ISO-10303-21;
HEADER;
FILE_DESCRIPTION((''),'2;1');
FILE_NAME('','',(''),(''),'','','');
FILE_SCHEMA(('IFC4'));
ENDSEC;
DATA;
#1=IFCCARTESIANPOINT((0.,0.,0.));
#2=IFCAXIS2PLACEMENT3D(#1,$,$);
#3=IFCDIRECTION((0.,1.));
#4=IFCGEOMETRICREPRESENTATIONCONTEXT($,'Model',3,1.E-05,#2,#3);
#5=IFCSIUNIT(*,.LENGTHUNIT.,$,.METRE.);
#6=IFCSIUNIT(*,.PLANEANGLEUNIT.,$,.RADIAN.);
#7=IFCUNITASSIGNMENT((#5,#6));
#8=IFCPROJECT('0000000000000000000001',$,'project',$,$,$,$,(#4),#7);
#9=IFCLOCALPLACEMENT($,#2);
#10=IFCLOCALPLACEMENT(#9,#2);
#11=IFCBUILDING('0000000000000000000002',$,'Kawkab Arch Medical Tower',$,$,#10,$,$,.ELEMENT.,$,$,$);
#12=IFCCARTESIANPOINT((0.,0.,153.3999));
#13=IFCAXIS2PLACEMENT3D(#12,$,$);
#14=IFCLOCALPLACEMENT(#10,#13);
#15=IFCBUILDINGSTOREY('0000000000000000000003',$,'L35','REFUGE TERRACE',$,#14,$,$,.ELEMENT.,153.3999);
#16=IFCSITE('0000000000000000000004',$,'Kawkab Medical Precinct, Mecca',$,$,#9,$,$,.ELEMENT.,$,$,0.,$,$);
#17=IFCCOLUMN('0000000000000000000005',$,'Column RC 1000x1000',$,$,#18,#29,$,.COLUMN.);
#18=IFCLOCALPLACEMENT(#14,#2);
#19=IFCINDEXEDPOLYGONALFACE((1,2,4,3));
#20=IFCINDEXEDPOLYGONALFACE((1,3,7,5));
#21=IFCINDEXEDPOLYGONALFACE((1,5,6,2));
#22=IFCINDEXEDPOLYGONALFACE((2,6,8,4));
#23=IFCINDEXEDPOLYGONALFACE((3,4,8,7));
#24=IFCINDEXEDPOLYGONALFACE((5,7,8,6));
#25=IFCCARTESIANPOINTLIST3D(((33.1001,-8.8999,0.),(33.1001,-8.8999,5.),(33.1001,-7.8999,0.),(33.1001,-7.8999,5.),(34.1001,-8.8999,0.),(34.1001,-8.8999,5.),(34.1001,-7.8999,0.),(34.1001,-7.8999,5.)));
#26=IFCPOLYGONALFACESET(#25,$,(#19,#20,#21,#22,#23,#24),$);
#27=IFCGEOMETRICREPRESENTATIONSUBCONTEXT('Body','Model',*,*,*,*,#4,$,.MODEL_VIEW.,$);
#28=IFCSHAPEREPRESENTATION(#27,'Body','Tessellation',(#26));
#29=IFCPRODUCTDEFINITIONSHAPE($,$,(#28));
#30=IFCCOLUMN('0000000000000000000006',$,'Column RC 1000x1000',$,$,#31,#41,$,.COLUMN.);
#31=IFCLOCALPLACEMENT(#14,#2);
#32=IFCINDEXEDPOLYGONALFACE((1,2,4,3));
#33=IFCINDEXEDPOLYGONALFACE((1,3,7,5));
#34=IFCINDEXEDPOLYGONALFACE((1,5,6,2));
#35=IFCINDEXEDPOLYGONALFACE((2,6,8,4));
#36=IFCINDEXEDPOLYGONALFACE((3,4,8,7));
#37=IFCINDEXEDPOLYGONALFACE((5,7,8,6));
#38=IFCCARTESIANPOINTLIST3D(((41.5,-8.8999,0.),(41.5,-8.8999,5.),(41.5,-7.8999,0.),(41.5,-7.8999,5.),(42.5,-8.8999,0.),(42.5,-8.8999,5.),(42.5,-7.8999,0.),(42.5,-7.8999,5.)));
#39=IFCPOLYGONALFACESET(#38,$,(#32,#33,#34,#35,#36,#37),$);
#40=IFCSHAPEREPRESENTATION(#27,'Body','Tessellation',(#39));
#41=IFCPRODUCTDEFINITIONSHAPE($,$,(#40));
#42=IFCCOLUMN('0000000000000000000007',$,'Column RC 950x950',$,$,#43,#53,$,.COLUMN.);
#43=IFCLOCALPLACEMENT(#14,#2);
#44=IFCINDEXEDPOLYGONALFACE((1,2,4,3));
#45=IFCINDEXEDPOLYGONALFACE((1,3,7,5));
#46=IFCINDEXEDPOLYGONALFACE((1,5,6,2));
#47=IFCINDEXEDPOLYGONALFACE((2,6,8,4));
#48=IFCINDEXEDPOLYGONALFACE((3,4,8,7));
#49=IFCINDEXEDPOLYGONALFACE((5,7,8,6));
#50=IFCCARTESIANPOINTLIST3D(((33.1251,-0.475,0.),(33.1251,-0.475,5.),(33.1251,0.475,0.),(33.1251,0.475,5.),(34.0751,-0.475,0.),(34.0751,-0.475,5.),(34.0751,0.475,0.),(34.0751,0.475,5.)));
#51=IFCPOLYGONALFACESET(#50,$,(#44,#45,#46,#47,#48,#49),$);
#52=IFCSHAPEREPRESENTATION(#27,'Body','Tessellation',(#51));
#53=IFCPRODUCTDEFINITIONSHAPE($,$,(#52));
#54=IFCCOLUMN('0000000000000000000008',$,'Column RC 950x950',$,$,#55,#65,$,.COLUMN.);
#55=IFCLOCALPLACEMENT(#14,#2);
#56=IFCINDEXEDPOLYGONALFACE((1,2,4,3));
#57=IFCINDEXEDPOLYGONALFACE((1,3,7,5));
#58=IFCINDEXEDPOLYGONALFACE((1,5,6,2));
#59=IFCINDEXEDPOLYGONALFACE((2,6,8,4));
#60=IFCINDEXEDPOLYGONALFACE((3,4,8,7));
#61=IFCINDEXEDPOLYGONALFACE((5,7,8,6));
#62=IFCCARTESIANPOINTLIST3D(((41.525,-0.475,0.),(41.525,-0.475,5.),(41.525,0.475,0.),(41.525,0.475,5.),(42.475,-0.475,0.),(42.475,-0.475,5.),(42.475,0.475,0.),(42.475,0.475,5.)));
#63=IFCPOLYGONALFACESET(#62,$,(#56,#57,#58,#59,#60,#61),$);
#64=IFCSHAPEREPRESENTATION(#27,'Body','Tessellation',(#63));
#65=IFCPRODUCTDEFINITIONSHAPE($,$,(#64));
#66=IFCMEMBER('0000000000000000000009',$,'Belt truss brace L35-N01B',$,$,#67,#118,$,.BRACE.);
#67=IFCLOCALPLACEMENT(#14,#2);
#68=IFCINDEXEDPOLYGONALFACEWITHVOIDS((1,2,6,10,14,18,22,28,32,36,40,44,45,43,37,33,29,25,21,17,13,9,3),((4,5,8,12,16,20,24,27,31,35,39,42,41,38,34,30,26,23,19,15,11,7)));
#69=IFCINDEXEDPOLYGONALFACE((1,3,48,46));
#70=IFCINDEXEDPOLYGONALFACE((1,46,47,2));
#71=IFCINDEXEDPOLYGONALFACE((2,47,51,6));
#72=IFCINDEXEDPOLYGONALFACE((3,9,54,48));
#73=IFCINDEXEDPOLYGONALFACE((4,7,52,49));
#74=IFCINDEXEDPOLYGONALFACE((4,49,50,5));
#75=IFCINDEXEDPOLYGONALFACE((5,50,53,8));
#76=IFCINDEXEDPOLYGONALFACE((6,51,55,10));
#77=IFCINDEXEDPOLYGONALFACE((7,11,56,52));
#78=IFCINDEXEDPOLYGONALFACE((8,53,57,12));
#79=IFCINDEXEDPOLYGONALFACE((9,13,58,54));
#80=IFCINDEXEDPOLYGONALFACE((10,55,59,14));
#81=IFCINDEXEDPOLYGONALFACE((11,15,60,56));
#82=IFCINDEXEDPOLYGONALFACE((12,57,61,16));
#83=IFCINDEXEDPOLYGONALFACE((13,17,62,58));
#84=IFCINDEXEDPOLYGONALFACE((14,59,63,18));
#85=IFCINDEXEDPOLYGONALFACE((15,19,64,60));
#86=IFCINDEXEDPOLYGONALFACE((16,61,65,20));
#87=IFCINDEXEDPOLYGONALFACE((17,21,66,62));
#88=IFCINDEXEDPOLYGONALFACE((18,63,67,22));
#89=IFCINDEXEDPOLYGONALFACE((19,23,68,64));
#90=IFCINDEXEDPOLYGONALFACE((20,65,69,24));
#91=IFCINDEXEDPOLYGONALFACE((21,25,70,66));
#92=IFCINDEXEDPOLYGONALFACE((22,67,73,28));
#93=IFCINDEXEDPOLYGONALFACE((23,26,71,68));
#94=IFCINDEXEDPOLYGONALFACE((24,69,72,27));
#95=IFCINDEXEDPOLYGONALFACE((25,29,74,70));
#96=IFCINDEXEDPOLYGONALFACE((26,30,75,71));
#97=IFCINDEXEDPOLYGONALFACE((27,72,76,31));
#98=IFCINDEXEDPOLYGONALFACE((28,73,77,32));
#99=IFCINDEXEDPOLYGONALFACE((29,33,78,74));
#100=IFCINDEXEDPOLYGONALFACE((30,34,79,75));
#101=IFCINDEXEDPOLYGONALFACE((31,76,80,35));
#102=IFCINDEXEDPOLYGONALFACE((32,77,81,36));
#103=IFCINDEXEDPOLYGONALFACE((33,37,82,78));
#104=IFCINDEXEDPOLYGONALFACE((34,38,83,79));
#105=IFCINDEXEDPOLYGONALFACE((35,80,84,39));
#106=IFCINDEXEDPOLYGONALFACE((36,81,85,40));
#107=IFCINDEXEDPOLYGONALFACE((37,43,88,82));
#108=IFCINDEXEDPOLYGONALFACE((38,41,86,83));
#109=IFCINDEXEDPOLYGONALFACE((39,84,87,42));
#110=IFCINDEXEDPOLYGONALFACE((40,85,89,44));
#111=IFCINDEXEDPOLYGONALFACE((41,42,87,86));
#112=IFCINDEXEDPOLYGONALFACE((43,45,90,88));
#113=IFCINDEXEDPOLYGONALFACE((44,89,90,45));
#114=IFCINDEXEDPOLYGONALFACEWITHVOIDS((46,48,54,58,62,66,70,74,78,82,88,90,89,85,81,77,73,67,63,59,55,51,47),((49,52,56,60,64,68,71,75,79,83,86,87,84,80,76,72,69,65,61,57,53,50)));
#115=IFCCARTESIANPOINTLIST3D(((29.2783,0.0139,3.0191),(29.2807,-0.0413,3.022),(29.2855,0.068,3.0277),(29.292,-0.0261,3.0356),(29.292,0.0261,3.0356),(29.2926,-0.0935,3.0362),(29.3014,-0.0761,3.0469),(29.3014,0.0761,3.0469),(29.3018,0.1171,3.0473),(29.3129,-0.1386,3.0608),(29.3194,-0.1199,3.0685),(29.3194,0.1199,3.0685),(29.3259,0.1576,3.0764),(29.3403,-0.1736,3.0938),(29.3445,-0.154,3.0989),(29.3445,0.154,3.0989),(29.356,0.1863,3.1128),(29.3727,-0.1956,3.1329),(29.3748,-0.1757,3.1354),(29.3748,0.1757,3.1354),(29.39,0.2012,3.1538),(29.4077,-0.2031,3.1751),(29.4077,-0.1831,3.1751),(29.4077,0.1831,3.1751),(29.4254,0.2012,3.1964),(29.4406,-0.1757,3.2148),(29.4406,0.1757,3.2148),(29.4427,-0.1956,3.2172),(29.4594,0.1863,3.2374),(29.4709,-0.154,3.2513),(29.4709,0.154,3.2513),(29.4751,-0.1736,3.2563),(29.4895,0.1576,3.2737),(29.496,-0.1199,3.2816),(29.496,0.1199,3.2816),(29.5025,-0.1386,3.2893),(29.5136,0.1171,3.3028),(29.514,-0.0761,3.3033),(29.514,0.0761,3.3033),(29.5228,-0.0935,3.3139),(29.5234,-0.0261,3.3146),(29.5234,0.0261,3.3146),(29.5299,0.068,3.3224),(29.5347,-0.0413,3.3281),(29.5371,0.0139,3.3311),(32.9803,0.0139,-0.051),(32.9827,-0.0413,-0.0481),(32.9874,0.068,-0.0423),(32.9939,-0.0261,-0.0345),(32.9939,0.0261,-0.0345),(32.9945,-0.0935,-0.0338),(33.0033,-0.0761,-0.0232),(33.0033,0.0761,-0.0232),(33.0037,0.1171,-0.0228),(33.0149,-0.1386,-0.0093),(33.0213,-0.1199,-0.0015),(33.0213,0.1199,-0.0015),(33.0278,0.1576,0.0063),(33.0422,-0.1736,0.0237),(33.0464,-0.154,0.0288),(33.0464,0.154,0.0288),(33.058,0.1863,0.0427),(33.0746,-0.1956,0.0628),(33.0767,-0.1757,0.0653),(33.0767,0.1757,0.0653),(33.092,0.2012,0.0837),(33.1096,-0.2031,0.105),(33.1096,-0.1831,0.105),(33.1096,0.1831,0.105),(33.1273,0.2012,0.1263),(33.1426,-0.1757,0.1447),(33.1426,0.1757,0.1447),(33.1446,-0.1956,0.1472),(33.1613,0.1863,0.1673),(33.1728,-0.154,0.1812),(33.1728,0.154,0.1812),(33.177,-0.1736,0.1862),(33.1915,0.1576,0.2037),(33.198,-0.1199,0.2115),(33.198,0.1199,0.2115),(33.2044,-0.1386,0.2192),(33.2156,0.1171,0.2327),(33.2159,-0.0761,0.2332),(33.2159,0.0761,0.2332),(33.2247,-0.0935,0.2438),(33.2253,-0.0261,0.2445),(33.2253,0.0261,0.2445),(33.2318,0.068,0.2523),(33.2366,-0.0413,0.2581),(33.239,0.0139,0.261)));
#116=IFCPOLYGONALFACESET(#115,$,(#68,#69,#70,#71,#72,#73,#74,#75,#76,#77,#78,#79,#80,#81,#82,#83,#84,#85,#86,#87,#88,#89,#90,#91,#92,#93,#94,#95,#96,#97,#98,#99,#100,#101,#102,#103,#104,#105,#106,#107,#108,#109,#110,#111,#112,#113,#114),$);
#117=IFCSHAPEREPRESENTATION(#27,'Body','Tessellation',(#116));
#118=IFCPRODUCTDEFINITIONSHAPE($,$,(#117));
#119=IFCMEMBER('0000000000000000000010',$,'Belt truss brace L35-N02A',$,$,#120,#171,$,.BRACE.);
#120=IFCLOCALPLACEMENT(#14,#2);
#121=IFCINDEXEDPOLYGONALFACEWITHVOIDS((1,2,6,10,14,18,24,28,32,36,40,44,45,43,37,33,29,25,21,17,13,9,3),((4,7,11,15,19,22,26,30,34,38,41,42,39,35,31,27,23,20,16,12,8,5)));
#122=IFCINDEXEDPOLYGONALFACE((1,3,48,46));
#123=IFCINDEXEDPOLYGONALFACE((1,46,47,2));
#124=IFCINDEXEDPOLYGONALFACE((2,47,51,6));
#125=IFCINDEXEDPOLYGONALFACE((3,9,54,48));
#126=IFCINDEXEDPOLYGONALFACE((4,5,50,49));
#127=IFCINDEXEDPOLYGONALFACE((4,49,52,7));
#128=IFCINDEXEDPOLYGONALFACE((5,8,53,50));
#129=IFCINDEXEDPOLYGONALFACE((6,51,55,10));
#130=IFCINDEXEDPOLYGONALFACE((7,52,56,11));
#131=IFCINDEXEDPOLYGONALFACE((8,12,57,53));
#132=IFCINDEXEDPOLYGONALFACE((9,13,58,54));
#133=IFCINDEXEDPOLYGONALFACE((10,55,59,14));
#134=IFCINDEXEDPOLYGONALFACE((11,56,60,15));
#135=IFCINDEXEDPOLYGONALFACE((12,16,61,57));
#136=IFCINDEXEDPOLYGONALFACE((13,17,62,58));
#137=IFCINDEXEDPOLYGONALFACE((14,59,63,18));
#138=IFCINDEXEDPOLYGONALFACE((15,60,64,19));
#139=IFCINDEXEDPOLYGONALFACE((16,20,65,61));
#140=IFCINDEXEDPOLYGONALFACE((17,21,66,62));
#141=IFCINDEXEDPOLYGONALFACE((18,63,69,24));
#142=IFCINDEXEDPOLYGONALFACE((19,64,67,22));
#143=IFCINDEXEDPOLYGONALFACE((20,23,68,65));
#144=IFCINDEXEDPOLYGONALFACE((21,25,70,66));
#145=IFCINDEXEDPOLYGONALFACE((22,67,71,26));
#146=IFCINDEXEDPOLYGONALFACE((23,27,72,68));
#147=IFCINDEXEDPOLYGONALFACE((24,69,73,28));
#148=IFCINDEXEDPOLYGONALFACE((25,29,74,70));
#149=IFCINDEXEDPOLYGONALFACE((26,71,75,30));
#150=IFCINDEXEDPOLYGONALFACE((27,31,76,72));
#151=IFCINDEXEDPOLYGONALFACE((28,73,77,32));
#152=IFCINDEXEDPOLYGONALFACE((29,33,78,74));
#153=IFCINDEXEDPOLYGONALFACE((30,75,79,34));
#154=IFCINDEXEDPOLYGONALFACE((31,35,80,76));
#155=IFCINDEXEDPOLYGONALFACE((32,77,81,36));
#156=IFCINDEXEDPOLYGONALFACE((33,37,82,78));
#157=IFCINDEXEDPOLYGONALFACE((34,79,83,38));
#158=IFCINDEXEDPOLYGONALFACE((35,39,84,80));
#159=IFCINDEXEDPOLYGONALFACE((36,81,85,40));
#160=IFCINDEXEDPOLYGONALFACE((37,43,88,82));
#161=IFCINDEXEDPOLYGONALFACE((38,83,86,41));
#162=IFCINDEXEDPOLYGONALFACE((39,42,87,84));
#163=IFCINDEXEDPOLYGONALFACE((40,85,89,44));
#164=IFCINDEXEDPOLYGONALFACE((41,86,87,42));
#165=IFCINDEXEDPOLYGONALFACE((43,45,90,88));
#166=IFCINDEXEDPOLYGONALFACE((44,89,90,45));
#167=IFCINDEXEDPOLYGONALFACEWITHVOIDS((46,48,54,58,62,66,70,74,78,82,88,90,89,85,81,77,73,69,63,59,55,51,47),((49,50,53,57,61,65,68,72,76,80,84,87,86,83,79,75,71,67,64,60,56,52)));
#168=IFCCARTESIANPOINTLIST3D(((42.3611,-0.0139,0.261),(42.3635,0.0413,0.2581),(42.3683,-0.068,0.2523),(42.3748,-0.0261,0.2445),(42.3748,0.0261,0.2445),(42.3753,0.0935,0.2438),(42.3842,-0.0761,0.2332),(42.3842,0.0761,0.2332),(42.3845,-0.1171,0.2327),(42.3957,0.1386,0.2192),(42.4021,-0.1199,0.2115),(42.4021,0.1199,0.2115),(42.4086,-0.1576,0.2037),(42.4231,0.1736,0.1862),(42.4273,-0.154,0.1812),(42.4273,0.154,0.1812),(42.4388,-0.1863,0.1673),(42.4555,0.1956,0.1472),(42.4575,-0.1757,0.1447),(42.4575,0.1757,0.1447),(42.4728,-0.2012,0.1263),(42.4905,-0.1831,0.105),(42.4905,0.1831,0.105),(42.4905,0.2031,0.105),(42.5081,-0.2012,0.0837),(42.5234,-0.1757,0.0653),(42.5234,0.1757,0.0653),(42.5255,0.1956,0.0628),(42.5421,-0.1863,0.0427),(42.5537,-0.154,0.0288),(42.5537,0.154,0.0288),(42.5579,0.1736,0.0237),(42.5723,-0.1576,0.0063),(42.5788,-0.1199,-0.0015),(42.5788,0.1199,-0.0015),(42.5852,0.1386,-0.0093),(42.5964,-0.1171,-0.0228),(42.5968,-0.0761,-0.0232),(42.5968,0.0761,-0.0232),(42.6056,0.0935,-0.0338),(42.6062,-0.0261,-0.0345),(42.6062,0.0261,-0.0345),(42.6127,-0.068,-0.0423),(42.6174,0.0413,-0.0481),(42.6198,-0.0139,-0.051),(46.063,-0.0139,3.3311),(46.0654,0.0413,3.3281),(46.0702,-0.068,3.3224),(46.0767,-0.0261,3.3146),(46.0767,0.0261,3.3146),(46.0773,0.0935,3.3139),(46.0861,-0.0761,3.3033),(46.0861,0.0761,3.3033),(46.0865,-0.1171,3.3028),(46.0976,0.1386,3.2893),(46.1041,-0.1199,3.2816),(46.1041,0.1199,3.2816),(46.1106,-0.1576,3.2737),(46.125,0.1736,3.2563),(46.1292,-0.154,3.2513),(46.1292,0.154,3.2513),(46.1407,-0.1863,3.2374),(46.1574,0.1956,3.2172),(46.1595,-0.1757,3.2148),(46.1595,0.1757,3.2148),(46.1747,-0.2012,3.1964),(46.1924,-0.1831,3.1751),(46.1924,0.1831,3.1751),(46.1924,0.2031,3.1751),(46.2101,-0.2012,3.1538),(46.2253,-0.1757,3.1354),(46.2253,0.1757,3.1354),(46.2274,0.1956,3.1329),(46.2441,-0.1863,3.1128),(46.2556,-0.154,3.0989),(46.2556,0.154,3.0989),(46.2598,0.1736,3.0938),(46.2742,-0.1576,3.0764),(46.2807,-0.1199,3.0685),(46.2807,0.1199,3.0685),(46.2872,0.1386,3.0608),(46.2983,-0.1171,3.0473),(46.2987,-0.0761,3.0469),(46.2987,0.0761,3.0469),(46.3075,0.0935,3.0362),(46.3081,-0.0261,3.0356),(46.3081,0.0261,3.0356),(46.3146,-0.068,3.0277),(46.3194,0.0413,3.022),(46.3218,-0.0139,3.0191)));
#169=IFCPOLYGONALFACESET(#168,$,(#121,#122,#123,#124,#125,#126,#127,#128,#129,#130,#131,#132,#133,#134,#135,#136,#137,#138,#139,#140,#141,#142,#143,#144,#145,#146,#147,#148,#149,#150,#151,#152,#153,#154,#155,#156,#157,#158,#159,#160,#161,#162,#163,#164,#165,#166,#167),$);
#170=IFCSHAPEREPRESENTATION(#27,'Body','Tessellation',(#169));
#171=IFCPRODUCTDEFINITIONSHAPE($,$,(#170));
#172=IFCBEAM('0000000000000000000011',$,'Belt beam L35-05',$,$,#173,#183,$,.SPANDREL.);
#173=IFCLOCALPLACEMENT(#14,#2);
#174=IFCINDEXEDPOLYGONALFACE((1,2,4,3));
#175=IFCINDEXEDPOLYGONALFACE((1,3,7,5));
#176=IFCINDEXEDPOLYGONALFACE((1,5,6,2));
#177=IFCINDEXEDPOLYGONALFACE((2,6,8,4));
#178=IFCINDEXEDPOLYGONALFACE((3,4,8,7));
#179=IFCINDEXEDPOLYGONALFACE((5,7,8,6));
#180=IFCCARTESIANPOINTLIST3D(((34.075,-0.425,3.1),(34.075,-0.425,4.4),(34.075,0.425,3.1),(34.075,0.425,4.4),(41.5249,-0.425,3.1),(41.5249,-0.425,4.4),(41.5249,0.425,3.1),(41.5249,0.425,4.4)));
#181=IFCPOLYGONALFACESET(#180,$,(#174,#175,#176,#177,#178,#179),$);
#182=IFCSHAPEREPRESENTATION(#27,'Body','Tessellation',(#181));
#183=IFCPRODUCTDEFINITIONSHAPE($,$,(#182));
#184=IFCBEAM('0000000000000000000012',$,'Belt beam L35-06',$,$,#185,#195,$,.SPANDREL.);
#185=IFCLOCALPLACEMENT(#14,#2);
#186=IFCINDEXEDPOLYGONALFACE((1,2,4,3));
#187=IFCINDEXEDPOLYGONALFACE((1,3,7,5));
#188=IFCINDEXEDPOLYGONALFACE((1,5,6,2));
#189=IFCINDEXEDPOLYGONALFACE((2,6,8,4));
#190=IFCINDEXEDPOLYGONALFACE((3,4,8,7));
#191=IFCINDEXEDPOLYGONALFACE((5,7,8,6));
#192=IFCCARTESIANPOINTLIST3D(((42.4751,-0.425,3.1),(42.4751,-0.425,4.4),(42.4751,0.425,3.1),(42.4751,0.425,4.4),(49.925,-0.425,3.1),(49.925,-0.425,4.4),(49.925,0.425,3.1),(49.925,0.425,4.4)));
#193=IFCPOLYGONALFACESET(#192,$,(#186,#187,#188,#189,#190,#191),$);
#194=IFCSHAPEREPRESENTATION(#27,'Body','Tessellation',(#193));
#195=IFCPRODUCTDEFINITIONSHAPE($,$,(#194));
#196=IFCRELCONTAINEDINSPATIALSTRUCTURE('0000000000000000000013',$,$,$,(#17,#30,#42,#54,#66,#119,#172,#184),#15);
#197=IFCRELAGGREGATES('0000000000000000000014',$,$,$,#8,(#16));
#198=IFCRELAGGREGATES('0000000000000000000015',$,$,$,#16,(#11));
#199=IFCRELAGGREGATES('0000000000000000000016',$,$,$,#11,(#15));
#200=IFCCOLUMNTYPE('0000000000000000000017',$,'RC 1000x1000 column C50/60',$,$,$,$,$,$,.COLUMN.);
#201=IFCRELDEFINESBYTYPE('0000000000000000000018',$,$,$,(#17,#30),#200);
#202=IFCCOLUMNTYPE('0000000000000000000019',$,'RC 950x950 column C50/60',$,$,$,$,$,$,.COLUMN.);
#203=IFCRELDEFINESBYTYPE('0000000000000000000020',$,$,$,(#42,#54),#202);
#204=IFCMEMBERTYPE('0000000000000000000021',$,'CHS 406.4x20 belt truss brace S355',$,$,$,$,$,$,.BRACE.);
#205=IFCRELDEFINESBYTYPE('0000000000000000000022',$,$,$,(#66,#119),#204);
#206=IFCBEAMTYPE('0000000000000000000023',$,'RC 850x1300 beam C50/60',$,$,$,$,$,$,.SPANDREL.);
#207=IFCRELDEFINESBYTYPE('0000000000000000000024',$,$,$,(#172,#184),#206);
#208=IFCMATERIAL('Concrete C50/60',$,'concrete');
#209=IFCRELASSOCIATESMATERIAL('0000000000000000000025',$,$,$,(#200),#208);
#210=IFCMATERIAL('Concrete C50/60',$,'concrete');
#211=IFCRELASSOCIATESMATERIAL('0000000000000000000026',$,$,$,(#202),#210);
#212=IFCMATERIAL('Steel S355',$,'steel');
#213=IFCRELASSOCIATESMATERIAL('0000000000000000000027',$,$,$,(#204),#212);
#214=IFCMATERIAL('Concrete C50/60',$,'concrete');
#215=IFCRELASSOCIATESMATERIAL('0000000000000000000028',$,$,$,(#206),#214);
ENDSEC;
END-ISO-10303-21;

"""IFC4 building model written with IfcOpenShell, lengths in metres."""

from ifc_helpers import new_model, si_unit, direction, frame, origin, origin_2d, place, context, subcontext, project, spatial, rectangle, hollow_circle, extrude, material, material_profile, profile_set, type_object, element, save


model = new_model("IFC4")

# Units and contexts
model_context = context("Model", 3, precision=1e-05, world=origin(), true_north=direction((0.0, 1.0)))
body_context = subcontext(model_context, "Body", "Model", "MODEL_VIEW")
ifc_project = project(units=[si_unit("LENGTHUNIT", "METRE"), si_unit("PLANEANGLEUNIT", "RADIAN")], contexts=[model_context])

# Site, building, storey
site_placement = place(None, origin())
site = spatial("IfcSite", under=ifc_project, at=site_placement, Name="Kawkab Medical Precinct, Mecca", CompositionType="ELEMENT", RefElevation=0.0)
building_placement = place(site_placement, origin())
building = spatial("IfcBuilding", under=site, at=building_placement, Name="Kawkab Arch Medical Tower", CompositionType="ELEMENT")
storey_placement = place(building_placement, frame((0.0, 0.0, 153.3999)))
storey = spatial("IfcBuildingStorey", under=building, at=storey_placement, Name="L35", Description="REFUGE TERRACE", CompositionType="ELEMENT", Elevation=153.3999)

# Columns
ifc_material_1 = material(Name="Concrete C50/60", Category="concrete")
ifc_material_profile_1 = material_profile(ifc_material_1, rectangle(XDim=1.0, YDim=1.0, at=origin_2d()), Name="RC 1000x1000")
ifc_profile_set_1 = profile_set([ifc_material_profile_1], Name="Concrete C50/60")
column_type_1 = type_object("IfcColumnType", Name="RC 1000x1000 column C50/60", PredefinedType="COLUMN", material=ifc_profile_set_1)
placement = place(storey_placement, frame((33.6001, -8.3999, 0.0), z_axis=(0.0, 0.0, 1.0), x_axis=(1.0, 0.0, 0.0)))
element("IfcColumn", 1, at=placement, inside=storey, type_object=column_type_1, Name="Column RC 1000x1000", PredefinedType="COLUMN", context=body_context, shape_type="SweptSolid", body=[
    extrude(rectangle(XDim=1.0, YDim=1.0, at=origin_2d()), origin(), (0.0, 0.0, 1.0), 5.0),
])
column_1_placement = place(storey_placement, frame((42.0, -8.3999, 0.0), z_axis=(0.0, 0.0, 1.0), x_axis=(1.0, 0.0, 0.0)))
element("IfcColumn", 2, at=column_1_placement, inside=storey, type_object=column_type_1, Name="Column RC 1000x1000", PredefinedType="COLUMN", context=body_context, shape_type="SweptSolid", body=[
    extrude(rectangle(XDim=1.0, YDim=1.0, at=origin_2d()), origin(), (0.0, 0.0, 1.0), 5.0),
])
ifc_material_2 = material(Name="Concrete C50/60", Category="concrete")
ifc_material_profile_2 = material_profile(ifc_material_2, rectangle(XDim=0.95, YDim=0.95, at=origin_2d()), Name="RC 950x950")
ifc_profile_set_2 = profile_set([ifc_material_profile_2], Name="Concrete C50/60")
column_type_2 = type_object("IfcColumnType", Name="RC 950x950 column C50/60", PredefinedType="COLUMN", material=ifc_profile_set_2)
for number, where, z_axis, x_axis, name in (
    (3, (33.6001, 0.0, 0.0), (0.0, 0.0, 1.0), (1.0, 0.0, 0.0), "Column RC 950x950"),
    (4, (42.0, 0.0, 0.0), (0.0, 0.0, 1.0), (1.0, 0.0, 0.0), "Column RC 950x950"),
):
    element("IfcColumn", number, at=place(storey_placement, frame(where, z_axis=z_axis, x_axis=x_axis)), inside=storey, type_object=column_type_2, Name=name, PredefinedType="COLUMN", context=body_context, shape_type="SweptSolid", body=[
        extrude(rectangle(XDim=0.95, YDim=0.95, at=origin_2d()), origin(), (0.0, 0.0, 1.0), 5.0),
    ])

# Members
ifc_material_3 = material(Name="Steel S355", Category="steel")
ifc_material_profile_3 = material_profile(ifc_material_3, hollow_circle(Radius=0.2031, WallThickness=0.02, at=origin_2d()), Name="CHS 406.4x20")
ifc_profile_set_3 = profile_set([ifc_material_profile_3], Name="Steel S355")
member_type = type_object("IfcMemberType", Name="CHS 406.4x20 belt truss brace S355", PredefinedType="BRACE", material=ifc_profile_set_3)
for number, where, z_axis, x_axis, name in (
    (5, (33.1096, 0.0, 0.105), (-0.769738, 0.0, 0.63836), (0.0, -1.0, 0.0), "Belt truss brace L35-N01B"),
    (6, (42.4905, 0.0, 0.105), (0.769738, 0.0, 0.63836), (0.0, 1.0, 0.0), "Belt truss brace L35-N02A"),
):
    element("IfcMember", number, at=place(storey_placement, frame(where, z_axis=z_axis, x_axis=x_axis)), inside=storey, type_object=member_type, Name=name, PredefinedType="BRACE", context=body_context, shape_type="SweptSolid", body=[
        extrude(hollow_circle(Radius=0.2031, WallThickness=0.02, at=origin_2d()), origin(), (0.0, 0.0, 1.0), 4.8093),
    ])

# Beams
ifc_material_4 = material(Name="Concrete C50/60", Category="concrete")
ifc_material_profile_4 = material_profile(ifc_material_4, rectangle(XDim=0.8501, YDim=1.3, at=origin_2d()), Name="RC 850x1300")
ifc_profile_set_4 = profile_set([ifc_material_profile_4], Name="Concrete C50/60")
beam_type = type_object("IfcBeamType", Name="RC 850x1300 beam C50/60", PredefinedType="SPANDREL", material=ifc_profile_set_4)
for number, where, z_axis, x_axis, name in (
    (7, (34.075, 0.0, 3.75), (1.0, 0.0, 0.0), (0.0, 1.0, 0.0), "Belt beam L35-05"),
    (8, (42.4751, 0.0, 3.75), (1.0, 0.0, 0.0), (0.0, 1.0, 0.0), "Belt beam L35-06"),
):
    element("IfcBeam", number, at=place(storey_placement, frame(where, z_axis=z_axis, x_axis=x_axis)), inside=storey, type_object=beam_type, Name=name, PredefinedType="SPANDREL", context=body_context, shape_type="SweptSolid", body=[
        extrude(rectangle(XDim=0.8501, YDim=1.3, at=origin_2d()), origin(), (0.0, 0.0, 1.0), 7.45),
    ])

save(model, "model.ifc")
